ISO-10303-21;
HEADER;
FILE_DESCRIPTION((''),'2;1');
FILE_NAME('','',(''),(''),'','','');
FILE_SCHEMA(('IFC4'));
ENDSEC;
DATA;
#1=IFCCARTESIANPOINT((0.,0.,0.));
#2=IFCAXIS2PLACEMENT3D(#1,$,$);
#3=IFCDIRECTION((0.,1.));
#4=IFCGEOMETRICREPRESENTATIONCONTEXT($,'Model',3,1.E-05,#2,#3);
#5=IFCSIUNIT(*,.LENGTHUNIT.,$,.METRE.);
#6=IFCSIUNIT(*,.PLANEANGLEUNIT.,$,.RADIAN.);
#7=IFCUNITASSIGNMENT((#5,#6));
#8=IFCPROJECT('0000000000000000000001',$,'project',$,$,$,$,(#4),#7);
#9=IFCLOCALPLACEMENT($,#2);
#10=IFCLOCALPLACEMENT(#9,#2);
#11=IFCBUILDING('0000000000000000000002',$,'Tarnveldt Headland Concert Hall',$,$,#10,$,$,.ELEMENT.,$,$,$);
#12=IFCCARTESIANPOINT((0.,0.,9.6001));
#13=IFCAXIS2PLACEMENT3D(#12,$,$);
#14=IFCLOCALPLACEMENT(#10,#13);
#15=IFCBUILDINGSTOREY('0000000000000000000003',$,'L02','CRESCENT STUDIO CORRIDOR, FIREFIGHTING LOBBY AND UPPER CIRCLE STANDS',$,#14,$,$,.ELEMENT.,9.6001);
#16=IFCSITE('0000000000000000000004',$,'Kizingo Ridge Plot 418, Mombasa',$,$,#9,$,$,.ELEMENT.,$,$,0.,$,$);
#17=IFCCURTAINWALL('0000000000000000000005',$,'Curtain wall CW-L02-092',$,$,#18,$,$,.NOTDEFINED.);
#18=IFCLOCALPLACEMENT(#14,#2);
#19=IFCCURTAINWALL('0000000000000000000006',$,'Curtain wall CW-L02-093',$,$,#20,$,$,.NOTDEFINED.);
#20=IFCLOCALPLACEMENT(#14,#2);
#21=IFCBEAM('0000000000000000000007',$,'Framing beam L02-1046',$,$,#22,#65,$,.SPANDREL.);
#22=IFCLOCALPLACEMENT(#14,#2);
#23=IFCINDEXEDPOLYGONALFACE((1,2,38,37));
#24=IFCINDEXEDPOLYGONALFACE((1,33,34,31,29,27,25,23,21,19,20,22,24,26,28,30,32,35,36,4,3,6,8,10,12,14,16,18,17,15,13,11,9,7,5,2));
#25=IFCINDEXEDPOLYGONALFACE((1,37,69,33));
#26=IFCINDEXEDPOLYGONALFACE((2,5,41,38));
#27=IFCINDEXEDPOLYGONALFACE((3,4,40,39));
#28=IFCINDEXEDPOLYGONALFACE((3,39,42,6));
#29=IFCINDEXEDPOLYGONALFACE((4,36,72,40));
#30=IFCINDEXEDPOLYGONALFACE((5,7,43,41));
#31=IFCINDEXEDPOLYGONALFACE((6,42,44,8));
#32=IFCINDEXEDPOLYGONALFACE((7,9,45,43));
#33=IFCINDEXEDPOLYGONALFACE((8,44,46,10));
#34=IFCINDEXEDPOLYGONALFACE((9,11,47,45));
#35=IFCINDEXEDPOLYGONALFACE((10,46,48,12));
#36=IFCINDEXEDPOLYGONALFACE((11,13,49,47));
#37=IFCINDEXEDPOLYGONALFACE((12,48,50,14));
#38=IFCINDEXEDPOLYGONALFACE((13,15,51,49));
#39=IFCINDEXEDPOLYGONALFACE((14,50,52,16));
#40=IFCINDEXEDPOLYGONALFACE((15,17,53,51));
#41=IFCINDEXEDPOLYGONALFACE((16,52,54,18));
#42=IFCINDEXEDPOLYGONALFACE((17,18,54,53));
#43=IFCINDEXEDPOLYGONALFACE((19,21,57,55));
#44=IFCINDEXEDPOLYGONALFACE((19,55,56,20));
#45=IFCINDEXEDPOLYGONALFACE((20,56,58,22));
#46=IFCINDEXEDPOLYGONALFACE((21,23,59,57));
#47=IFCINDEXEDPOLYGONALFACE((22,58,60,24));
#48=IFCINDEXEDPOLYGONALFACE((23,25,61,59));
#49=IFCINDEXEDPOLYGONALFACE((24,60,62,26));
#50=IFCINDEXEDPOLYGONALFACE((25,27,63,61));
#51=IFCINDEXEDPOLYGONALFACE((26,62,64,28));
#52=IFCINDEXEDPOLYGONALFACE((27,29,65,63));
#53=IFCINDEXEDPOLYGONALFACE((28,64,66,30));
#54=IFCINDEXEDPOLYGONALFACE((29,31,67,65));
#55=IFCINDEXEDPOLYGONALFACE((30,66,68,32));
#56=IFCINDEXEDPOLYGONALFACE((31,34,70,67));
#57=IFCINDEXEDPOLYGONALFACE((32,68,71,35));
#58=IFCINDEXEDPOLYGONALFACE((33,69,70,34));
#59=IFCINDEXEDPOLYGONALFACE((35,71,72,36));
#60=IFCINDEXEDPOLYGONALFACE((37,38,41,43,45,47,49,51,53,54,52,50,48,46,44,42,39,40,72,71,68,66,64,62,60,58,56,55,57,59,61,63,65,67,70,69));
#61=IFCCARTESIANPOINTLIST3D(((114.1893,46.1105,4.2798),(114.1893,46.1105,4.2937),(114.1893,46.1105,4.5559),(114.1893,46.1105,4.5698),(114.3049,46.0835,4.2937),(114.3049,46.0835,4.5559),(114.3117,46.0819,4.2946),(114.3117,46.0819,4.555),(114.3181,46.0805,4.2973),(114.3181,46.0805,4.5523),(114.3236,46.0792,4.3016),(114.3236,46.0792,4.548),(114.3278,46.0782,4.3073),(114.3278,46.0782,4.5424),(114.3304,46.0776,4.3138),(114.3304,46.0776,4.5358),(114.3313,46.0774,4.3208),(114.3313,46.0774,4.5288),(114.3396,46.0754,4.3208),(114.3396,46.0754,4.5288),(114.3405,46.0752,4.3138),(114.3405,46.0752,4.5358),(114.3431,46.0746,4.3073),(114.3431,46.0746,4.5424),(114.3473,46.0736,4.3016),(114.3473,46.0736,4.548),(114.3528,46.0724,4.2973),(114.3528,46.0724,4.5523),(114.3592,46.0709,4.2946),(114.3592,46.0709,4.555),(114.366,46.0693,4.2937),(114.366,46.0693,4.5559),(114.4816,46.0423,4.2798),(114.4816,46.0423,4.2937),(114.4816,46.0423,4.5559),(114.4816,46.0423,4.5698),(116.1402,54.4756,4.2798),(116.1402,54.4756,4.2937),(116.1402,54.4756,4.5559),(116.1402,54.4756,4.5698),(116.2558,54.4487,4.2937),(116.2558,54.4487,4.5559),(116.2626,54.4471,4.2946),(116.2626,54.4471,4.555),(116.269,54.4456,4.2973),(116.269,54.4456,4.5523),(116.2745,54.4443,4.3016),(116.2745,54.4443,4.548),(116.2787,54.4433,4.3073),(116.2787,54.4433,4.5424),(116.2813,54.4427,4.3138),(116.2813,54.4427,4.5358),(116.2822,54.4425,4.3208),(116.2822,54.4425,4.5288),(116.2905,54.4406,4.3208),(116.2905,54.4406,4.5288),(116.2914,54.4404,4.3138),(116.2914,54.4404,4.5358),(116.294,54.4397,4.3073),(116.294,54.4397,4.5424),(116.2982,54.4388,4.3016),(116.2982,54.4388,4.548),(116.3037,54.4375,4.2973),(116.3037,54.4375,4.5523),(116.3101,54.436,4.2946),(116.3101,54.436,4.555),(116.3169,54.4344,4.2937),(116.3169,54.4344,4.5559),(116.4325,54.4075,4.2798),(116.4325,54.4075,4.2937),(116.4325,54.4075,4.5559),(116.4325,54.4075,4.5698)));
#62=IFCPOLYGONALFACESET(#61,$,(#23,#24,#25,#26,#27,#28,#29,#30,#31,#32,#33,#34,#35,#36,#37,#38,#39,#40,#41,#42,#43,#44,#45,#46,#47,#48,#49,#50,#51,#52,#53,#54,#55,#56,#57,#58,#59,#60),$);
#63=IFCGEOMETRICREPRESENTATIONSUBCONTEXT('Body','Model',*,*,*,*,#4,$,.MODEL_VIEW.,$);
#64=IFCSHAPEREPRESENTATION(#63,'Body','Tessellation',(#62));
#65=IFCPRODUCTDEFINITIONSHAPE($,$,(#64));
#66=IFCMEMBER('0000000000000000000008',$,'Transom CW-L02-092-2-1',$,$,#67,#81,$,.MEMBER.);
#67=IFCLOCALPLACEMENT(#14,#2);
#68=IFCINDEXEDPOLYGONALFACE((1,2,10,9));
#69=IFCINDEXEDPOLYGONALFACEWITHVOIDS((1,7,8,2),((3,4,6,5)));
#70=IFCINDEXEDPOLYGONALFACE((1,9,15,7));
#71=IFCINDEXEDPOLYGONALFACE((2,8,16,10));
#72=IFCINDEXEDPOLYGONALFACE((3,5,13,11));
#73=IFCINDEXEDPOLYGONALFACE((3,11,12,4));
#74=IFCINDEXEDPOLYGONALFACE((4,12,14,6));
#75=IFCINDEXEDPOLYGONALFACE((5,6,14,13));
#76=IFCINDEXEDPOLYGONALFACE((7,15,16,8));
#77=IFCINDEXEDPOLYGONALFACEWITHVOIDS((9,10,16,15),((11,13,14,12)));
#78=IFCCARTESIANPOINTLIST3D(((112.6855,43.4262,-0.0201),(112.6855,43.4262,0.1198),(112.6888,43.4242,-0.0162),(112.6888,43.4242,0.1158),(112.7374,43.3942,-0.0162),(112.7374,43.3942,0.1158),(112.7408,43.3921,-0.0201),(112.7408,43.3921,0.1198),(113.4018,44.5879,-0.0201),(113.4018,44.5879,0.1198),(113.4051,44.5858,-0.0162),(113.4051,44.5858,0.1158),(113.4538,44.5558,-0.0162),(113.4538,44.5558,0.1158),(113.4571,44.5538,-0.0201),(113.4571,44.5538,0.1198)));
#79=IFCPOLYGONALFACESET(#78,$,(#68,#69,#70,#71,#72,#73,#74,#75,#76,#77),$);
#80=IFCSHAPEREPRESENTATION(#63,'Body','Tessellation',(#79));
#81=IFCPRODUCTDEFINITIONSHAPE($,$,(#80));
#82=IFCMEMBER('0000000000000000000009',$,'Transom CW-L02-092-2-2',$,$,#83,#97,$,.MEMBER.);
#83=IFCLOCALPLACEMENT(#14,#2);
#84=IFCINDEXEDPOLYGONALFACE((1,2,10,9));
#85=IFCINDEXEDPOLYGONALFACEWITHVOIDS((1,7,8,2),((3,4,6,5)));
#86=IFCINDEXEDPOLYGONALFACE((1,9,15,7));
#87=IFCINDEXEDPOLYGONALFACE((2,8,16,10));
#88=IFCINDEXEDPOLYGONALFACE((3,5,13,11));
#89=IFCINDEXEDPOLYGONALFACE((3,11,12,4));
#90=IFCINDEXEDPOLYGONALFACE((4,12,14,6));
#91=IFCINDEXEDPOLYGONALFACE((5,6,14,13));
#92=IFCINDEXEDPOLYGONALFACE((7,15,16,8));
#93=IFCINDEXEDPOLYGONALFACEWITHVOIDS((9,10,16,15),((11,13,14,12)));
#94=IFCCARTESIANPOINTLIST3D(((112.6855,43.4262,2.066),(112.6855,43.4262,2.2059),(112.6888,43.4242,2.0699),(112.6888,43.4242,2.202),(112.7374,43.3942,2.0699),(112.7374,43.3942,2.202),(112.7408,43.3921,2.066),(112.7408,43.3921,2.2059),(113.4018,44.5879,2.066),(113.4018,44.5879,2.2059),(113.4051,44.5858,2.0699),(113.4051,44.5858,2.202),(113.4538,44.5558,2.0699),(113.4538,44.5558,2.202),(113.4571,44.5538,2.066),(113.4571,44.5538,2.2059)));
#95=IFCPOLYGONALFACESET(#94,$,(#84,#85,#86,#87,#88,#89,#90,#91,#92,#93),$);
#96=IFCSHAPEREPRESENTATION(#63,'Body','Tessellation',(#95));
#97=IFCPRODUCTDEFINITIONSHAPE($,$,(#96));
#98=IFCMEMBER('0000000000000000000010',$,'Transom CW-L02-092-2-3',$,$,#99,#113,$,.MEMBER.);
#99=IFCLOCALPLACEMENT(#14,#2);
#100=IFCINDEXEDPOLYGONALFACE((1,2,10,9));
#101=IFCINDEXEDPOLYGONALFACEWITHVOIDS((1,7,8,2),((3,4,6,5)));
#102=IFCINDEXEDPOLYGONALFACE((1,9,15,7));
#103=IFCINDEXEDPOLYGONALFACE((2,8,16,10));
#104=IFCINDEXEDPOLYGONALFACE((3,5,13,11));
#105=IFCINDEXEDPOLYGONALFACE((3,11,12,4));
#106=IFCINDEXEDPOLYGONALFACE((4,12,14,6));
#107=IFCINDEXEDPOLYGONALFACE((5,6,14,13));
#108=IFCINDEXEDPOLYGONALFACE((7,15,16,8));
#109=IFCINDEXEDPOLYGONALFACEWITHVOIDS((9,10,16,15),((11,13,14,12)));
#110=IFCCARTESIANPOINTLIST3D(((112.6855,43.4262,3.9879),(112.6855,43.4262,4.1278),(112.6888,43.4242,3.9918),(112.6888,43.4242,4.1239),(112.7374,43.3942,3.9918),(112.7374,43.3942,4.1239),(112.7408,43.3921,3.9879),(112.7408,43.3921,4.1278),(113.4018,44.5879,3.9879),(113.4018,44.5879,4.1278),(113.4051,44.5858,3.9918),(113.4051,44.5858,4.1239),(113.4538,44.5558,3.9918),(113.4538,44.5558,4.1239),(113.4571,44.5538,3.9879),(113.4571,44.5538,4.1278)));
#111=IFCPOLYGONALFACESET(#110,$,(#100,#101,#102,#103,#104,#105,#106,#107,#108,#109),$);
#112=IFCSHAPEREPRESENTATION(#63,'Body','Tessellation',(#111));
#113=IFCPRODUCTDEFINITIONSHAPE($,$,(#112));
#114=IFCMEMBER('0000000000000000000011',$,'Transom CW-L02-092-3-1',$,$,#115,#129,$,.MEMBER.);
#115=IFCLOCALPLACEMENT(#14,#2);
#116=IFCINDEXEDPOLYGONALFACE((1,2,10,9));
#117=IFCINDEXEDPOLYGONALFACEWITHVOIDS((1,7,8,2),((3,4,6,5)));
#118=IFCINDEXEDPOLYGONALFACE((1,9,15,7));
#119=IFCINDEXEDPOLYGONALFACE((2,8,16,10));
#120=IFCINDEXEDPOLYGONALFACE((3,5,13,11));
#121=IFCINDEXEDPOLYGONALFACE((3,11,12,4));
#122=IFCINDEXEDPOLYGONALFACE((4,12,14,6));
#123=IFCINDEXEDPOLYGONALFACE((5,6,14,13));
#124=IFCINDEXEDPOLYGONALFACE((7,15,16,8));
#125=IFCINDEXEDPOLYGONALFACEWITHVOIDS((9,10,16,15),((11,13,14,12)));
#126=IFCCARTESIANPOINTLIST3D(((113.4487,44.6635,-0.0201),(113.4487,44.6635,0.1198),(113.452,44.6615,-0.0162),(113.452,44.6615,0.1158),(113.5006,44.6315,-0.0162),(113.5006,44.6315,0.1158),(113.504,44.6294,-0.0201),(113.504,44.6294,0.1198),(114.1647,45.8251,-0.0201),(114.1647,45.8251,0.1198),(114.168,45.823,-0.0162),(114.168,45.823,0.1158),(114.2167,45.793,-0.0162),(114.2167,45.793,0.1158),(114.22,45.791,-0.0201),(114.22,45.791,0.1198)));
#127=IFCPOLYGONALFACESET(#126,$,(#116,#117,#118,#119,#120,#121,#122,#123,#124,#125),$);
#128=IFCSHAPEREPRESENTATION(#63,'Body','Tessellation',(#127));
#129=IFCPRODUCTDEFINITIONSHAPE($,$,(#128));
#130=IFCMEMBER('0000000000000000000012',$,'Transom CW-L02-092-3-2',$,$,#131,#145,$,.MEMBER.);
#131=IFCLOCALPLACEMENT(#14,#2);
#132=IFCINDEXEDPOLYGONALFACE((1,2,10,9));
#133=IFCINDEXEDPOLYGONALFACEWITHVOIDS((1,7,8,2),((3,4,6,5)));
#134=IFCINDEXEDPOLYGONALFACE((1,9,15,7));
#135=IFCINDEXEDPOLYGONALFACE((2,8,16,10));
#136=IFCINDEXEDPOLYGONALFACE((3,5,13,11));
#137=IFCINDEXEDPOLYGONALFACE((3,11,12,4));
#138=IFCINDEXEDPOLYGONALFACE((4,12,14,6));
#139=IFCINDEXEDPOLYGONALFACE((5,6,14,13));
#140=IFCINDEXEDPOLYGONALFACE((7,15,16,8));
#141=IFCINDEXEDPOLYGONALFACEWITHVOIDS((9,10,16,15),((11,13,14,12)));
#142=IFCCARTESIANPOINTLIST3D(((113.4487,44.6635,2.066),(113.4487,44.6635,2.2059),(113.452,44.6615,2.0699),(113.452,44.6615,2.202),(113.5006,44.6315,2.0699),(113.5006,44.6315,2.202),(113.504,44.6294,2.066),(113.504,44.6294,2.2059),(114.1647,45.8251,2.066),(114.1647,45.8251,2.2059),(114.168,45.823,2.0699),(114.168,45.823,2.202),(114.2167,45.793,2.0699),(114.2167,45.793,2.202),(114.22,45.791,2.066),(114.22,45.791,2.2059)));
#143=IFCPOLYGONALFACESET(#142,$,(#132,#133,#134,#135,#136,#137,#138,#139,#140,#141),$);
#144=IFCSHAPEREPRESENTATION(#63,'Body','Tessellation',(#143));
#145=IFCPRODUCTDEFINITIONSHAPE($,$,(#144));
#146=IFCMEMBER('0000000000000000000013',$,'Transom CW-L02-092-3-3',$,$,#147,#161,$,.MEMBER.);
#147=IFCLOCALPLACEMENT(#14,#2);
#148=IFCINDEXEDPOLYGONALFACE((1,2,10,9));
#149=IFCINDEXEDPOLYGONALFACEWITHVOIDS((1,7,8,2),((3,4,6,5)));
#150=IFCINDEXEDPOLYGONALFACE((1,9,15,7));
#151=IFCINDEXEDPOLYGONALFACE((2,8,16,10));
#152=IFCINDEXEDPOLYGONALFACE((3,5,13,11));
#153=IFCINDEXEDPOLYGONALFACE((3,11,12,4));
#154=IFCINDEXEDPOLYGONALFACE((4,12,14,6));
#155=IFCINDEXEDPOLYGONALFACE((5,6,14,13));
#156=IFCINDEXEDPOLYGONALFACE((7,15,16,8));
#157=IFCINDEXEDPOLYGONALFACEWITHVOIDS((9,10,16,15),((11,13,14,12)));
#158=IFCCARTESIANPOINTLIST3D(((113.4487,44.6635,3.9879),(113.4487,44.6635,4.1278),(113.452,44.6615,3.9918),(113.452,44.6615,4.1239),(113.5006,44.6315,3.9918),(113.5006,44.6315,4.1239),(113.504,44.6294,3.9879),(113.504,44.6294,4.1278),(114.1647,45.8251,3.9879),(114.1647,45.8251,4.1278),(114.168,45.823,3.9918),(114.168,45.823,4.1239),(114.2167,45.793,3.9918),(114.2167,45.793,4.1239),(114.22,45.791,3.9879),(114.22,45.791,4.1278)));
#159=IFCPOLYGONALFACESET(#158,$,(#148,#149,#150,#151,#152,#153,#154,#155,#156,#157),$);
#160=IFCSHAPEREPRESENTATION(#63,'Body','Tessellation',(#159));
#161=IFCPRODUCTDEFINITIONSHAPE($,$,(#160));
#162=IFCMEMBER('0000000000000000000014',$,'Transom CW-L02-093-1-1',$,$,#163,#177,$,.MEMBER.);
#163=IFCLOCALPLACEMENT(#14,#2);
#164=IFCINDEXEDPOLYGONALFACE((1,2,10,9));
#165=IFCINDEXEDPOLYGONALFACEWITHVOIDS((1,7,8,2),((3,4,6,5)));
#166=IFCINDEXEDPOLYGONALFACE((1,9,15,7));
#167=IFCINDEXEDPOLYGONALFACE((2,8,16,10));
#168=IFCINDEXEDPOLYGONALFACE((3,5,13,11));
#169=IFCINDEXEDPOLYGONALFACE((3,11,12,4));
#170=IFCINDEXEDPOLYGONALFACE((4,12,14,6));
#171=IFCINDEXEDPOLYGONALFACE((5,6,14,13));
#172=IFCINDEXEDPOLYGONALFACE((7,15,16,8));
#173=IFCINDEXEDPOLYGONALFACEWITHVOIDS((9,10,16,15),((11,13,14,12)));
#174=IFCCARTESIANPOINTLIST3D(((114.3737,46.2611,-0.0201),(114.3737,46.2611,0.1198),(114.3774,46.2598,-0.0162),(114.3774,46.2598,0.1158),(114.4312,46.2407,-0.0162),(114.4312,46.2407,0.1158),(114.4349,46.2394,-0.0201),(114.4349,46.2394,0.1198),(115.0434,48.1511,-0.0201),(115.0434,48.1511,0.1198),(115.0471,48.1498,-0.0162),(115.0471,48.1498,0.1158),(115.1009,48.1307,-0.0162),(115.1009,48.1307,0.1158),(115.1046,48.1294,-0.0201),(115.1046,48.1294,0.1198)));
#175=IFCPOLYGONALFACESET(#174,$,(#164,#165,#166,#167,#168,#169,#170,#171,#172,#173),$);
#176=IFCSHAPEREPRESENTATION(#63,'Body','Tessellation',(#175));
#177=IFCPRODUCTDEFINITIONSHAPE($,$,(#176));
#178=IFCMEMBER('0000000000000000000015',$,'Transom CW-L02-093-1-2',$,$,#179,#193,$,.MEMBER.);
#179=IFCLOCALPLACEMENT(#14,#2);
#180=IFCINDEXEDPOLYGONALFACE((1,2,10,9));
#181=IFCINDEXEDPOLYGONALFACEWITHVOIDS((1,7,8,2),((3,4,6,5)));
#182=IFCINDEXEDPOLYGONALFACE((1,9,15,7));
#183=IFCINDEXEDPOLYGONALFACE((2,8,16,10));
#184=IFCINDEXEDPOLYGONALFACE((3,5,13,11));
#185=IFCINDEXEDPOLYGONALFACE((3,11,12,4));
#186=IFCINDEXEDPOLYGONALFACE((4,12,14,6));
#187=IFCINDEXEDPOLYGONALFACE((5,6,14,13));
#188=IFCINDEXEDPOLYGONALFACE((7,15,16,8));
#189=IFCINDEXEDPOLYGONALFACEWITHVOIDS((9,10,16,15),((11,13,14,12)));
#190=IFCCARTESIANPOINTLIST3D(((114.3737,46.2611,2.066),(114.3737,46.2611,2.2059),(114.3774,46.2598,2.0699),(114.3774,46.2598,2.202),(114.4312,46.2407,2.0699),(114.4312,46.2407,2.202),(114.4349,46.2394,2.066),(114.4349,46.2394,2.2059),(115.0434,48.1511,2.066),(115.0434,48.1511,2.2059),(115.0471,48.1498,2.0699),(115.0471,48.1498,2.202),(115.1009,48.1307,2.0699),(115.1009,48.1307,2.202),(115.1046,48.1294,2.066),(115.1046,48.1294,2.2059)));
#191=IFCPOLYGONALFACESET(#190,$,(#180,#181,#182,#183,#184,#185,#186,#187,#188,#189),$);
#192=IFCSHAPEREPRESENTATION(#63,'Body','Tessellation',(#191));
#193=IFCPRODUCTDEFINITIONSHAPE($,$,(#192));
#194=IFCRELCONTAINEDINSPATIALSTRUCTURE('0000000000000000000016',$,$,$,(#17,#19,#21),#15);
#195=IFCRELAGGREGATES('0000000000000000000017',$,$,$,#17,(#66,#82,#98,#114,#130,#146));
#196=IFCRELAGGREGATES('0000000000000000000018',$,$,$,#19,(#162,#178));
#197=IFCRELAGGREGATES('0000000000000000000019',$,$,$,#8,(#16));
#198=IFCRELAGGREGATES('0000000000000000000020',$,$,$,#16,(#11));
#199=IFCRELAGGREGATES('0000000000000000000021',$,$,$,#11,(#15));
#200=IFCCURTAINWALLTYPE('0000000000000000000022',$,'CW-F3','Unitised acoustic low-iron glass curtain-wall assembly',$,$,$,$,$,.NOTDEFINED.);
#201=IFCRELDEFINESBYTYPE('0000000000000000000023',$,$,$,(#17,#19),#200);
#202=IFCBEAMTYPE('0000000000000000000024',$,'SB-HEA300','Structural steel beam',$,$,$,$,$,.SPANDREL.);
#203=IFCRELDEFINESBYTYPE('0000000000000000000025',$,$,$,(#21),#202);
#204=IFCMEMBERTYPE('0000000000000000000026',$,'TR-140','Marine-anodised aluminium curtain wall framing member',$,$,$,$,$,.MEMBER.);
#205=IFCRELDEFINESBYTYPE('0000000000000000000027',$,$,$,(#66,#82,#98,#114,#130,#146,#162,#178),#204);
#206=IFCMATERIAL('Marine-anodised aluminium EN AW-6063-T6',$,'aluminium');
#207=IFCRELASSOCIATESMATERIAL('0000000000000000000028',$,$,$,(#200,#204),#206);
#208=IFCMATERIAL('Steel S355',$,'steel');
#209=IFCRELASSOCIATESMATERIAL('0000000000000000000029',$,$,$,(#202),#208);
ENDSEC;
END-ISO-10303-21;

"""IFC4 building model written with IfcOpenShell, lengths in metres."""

from ifc_helpers import new_model, si_unit, direction, frame, origin, origin_2d, place, context, subcontext, project, spatial, hollow_rectangle, i_section, extrude, material, material_profile, profile_set, type_object, element, aggregate, save


model = new_model("IFC4")

# Units and contexts
model_context = context("Model", 3, precision=1e-05, world=origin(), true_north=direction((0.0, 1.0)))
body_context = subcontext(model_context, "Body", "Model", "MODEL_VIEW")
ifc_project = project(units=[si_unit("LENGTHUNIT", "METRE"), si_unit("PLANEANGLEUNIT", "RADIAN")], contexts=[model_context])

# Site, building, storey
site_placement = place(None, origin())
site = spatial("IfcSite", under=ifc_project, at=site_placement, Name="Kizingo Ridge Plot 418, Mombasa", CompositionType="ELEMENT", RefElevation=0.0)
building_placement = place(site_placement, origin())
building = spatial("IfcBuilding", under=site, at=building_placement, Name="Tarnveldt Headland Concert Hall", CompositionType="ELEMENT")
storey_placement = place(building_placement, frame((0.0, 0.0, 9.6001)))
storey = spatial("IfcBuildingStorey", under=building, at=storey_placement, Name="L02", Description="CRESCENT STUDIO CORRIDOR, FIREFIGHTING LOBBY AND UPPER CIRCLE STANDS", CompositionType="ELEMENT", Elevation=9.6001)

# Shared definitions
ifc_material_1 = material(Name="Steel S355", Category="steel")

# Curtain walls
ifc_material_2 = material(Name="Marine-anodised aluminium EN AW-6063-T6", Category="aluminium")
curtain_wall_type = type_object("IfcCurtainWallType", Name="CW-F3", Description="Unitised acoustic low-iron glass curtain-wall assembly", PredefinedType="NOTDEFINED", material=ifc_material_2)
curtain_wall_1_placement = place(storey_placement, origin())
curtain_wall_1 = element("IfcCurtainWall", 1, at=curtain_wall_1_placement, inside=storey, type_object=curtain_wall_type, Name="Curtain wall CW-L02-092", PredefinedType="NOTDEFINED")
curtain_wall_2_placement = place(storey_placement, origin())
curtain_wall_2 = element("IfcCurtainWall", 2, at=curtain_wall_2_placement, inside=storey, type_object=curtain_wall_type, Name="Curtain wall CW-L02-093", PredefinedType="NOTDEFINED")

# Beam
ifc_material_profile_1 = material_profile(ifc_material_1, i_section(OverallWidth=0.3, OverallDepth=0.29, WebThickness=0.0085, FlangeThickness=0.0139, FilletRadius=0.0271, at=origin_2d()), Name="HEA300", Category="steel")
ifc_profile_set_1 = profile_set([ifc_material_profile_1], Name="Steel S355")
beam_type = type_object("IfcBeamType", Name="SB-HEA300", Description="Structural steel beam", PredefinedType="SPANDREL", material=ifc_profile_set_1)
beam_placement = place(storey_placement, frame((114.3354, 46.0764, 4.4248), z_axis=(0.227124, 0.973866, 0.0), x_axis=(-0.973866, 0.227124, 0.0)))
element("IfcBeam", 3, at=beam_placement, inside=storey, type_object=beam_type, Name="Framing beam L02-1046", PredefinedType="SPANDREL", context=body_context, shape_type="SweptSolid", body=[
    extrude(i_section(OverallWidth=0.3, OverallDepth=0.29, WebThickness=0.0085, FlangeThickness=0.0139, FilletRadius=0.0271, at=origin_2d()), origin(), (0.0, 0.0, 1.0), 8.5896),
])

# Members
ifc_material_profile_2 = material_profile(ifc_material_2, hollow_rectangle(XDim=0.0649, YDim=0.1399, WallThickness=0.0039, at=origin_2d()), Name="ALU TRANSOM 65x140x4", Category="aluminium")
ifc_profile_set_2 = profile_set([ifc_material_profile_2], Name="Marine-anodised aluminium EN AW-6063-T6")
member_type_1 = type_object("IfcMemberType", Name="TR-140", Description="Marine-anodised aluminium curtain wall framing member", PredefinedType="MEMBER", material=ifc_profile_set_2)
member_1_placement = place(storey_placement, frame((112.7131, 43.4092, 0.0498), z_axis=(0.524876, 0.851179, 0.0), x_axis=(-0.851179, 0.524876, 0.0)))
member_1 = element("IfcMember", 4, at=member_1_placement, type_object=member_type_1, Name="Transom CW-L02-092-2-1", PredefinedType="MEMBER", context=body_context, shape_type="SweptSolid", body=[
    extrude(hollow_rectangle(XDim=0.0649, YDim=0.1399, WallThickness=0.0039, at=origin_2d()), origin(), (0.0, 0.0, 1.0), 1.3647),
])
member_2_placement = place(storey_placement, frame((112.7131, 43.4092, 2.136), z_axis=(0.524876, 0.851179, 0.0), x_axis=(-0.851179, 0.524876, 0.0)))
member_2 = element("IfcMember", 5, at=member_2_placement, type_object=member_type_1, Name="Transom CW-L02-092-2-2", PredefinedType="MEMBER", context=body_context, shape_type="SweptSolid", body=[
    extrude(hollow_rectangle(XDim=0.0649, YDim=0.1399, WallThickness=0.0039, at=origin_2d()), origin(), (0.0, 0.0, 1.0), 1.3647),
])
member_3_placement = place(storey_placement, frame((112.7131, 43.4092, 4.0579), z_axis=(0.524876, 0.851179, 0.0), x_axis=(-0.851179, 0.524876, 0.0)))
member_3 = element("IfcMember", 6, at=member_3_placement, type_object=member_type_1, Name="Transom CW-L02-092-2-3", PredefinedType="MEMBER", context=body_context, shape_type="SweptSolid", body=[
    extrude(hollow_rectangle(XDim=0.0649, YDim=0.1399, WallThickness=0.0039, at=origin_2d()), origin(), (0.0, 0.0, 1.0), 1.3647),
])
member_4_placement = place(storey_placement, frame((113.4763, 44.6465, 0.0498), z_axis=(0.524746, 0.851259, 0.0), x_axis=(-0.851259, 0.524746, 0.0)))
member_4 = element("IfcMember", 7, at=member_4_placement, type_object=member_type_1, Name="Transom CW-L02-092-3-1", PredefinedType="MEMBER", context=body_context, shape_type="SweptSolid", body=[
    extrude(hollow_rectangle(XDim=0.0649, YDim=0.1399, WallThickness=0.0039, at=origin_2d()), origin(), (0.0, 0.0, 1.0), 1.3645),
])
member_5_placement = place(storey_placement, frame((113.4763, 44.6465, 2.136), z_axis=(0.524746, 0.851259, 0.0), x_axis=(-0.851259, 0.524746, 0.0)))
member_5 = element("IfcMember", 8, at=member_5_placement, type_object=member_type_1, Name="Transom CW-L02-092-3-2", PredefinedType="MEMBER", context=body_context, shape_type="SweptSolid", body=[
    extrude(hollow_rectangle(XDim=0.0649, YDim=0.1399, WallThickness=0.0039, at=origin_2d()), origin(), (0.0, 0.0, 1.0), 1.3645),
])
member_6_placement = place(storey_placement, frame((113.4763, 44.6465, 4.0579), z_axis=(0.524746, 0.851259, 0.0), x_axis=(-0.851259, 0.524746, 0.0)))
member_6 = element("IfcMember", 9, at=member_6_placement, type_object=member_type_1, Name="Transom CW-L02-092-3-3", PredefinedType="MEMBER", context=body_context, shape_type="SweptSolid", body=[
    extrude(hollow_rectangle(XDim=0.0649, YDim=0.1399, WallThickness=0.0039, at=origin_2d()), origin(), (0.0, 0.0, 1.0), 1.3645),
])
member_7_placement = place(storey_placement, frame((114.4043, 46.2502, 0.0498), z_axis=(0.333998, 0.942574, 0.0), x_axis=(-0.942574, 0.333998, 0.0)))
member_7 = element("IfcMember", 10, at=member_7_placement, type_object=member_type_1, Name="Transom CW-L02-093-1-1", PredefinedType="MEMBER", context=body_context, shape_type="SweptSolid", body=[
    extrude(hollow_rectangle(XDim=0.0649, YDim=0.1399, WallThickness=0.0039, at=origin_2d()), origin(), (0.0, 0.0, 1.0), 2.0051),
])
member_8_placement = place(storey_placement, frame((114.4043, 46.2502, 2.136), z_axis=(0.333998, 0.942574, 0.0), x_axis=(-0.942574, 0.333998, 0.0)))
member_8 = element("IfcMember", 11, at=member_8_placement, type_object=member_type_1, Name="Transom CW-L02-093-1-2", PredefinedType="MEMBER", context=body_context, shape_type="SweptSolid", body=[
    extrude(hollow_rectangle(XDim=0.0649, YDim=0.1399, WallThickness=0.0039, at=origin_2d()), origin(), (0.0, 0.0, 1.0), 2.0051),
])

aggregate(curtain_wall_1, [member_1, member_2, member_3, member_4, member_5, member_6])
aggregate(curtain_wall_2, [member_7, member_8])

save(model, "model.ifc")
